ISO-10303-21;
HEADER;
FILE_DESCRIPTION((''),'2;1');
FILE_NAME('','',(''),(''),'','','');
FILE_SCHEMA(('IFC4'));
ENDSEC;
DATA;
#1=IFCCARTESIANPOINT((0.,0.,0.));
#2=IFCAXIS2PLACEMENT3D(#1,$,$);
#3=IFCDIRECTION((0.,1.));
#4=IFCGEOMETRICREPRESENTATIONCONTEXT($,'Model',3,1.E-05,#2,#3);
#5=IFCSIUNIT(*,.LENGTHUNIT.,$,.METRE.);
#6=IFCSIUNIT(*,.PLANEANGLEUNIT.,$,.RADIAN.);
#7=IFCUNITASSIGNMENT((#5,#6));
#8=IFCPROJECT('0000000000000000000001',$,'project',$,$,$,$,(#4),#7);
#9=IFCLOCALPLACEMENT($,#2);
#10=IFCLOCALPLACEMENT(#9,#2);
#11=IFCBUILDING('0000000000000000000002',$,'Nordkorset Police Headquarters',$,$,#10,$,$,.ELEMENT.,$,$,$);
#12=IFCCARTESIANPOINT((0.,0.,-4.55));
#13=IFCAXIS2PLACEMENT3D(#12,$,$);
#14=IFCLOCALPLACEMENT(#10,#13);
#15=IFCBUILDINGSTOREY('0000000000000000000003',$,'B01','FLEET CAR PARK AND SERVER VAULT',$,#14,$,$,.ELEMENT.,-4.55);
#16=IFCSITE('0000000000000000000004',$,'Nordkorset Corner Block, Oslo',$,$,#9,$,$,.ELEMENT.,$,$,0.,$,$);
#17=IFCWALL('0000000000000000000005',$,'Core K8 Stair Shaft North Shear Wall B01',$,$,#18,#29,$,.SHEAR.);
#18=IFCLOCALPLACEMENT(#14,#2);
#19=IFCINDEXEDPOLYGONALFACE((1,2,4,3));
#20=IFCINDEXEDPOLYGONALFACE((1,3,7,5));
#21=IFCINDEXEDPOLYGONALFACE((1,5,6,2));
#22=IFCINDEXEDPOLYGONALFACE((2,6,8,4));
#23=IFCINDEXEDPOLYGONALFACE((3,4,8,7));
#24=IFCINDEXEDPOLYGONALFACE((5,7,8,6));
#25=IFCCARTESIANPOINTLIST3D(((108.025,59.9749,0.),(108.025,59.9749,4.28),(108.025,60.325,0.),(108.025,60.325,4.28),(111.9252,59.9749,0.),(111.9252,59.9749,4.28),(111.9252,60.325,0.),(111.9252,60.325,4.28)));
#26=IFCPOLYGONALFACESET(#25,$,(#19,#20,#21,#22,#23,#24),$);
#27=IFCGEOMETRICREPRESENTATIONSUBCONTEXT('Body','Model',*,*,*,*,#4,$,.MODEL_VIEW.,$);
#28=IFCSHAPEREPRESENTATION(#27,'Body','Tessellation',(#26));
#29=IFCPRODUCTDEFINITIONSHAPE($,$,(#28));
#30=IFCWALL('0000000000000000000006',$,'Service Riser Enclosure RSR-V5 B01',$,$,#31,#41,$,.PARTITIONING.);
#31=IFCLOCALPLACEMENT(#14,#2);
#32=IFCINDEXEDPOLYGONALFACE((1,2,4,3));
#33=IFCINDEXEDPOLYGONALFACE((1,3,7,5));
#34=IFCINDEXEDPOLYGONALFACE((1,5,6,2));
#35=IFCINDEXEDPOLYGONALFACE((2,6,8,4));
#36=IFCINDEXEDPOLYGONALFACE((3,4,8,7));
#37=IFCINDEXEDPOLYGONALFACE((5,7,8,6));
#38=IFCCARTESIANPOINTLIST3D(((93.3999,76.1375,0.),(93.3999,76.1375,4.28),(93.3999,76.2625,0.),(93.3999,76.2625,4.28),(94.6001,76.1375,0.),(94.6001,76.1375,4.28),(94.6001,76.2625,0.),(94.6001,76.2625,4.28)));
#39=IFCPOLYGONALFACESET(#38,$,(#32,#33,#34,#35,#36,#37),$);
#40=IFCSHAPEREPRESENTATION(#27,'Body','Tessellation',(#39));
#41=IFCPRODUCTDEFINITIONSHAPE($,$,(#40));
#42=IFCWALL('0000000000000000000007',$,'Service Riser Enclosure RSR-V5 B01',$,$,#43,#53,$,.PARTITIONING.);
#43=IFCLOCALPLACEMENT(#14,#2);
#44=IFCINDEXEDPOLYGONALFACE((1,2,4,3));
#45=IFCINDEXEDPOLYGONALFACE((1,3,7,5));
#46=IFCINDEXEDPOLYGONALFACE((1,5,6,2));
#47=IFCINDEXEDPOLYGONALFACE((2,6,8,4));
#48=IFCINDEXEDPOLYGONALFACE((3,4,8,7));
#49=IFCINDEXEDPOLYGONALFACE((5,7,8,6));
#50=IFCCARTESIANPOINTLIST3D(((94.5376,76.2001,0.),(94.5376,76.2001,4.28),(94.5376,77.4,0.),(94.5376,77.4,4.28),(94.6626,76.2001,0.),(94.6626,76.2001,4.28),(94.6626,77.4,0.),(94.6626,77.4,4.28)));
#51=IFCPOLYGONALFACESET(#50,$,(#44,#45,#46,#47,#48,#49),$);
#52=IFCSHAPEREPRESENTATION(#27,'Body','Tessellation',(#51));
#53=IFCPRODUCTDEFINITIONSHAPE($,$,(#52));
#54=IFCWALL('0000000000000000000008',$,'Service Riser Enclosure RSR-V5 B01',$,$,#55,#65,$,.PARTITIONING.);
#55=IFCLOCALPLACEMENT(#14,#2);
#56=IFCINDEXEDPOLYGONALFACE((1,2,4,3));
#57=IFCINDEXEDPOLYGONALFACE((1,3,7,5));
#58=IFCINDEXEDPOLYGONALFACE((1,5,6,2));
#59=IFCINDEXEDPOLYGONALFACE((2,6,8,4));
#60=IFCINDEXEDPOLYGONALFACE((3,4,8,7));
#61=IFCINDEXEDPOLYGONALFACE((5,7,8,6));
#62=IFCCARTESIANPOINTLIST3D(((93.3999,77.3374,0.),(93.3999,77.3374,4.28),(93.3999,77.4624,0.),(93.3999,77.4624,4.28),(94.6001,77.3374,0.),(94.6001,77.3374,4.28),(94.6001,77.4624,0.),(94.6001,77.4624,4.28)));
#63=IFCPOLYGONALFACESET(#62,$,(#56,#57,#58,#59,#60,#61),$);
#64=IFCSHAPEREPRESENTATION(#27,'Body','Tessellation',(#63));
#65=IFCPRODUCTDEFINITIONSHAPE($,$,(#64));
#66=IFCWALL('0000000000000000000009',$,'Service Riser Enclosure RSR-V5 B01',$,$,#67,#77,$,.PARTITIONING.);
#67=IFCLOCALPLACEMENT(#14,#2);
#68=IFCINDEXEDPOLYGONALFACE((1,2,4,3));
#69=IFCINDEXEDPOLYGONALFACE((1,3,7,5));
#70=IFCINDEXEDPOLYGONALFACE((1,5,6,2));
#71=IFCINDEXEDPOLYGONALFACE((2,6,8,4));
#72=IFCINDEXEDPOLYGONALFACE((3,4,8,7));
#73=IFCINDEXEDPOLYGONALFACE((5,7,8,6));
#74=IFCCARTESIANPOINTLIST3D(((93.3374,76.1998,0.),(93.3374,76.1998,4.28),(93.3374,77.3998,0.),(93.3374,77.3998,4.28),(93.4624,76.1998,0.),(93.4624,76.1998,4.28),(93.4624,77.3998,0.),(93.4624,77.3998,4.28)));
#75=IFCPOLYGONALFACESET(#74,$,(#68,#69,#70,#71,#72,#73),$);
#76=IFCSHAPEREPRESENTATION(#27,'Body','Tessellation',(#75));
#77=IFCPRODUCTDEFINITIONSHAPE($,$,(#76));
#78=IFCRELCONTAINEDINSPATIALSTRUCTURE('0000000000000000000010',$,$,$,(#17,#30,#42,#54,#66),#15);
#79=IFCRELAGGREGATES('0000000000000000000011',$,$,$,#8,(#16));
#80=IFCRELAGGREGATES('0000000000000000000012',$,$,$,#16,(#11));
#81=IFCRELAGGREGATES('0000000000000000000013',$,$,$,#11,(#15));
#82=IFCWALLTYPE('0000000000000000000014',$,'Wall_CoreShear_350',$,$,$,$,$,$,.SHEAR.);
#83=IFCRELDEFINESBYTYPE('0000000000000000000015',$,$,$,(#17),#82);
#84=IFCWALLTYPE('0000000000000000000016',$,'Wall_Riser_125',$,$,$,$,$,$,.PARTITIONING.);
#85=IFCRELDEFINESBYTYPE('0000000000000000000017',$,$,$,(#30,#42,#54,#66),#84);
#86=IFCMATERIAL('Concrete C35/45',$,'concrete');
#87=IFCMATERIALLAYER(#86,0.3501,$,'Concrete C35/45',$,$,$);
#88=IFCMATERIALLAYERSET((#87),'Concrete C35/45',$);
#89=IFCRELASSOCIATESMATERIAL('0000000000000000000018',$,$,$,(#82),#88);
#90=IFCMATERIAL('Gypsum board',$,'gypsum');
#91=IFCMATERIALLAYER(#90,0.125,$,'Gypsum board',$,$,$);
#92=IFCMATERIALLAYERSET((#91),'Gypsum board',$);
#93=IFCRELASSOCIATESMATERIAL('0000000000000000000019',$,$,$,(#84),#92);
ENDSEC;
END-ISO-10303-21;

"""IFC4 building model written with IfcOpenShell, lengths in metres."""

from ifc_helpers import new_model, si_unit, direction, frame, frame_2d, origin, place, context, subcontext, project, spatial, rectangle, extrude, material, layer, layer_set, type_object, element, save


model = new_model("IFC4")

# Units and contexts
model_context = context("Model", 3, precision=1e-05, world=origin(), true_north=direction((0.0, 1.0)))
body_context = subcontext(model_context, "Body", "Model", "MODEL_VIEW")
ifc_project = project(units=[si_unit("LENGTHUNIT", "METRE"), si_unit("PLANEANGLEUNIT", "RADIAN")], contexts=[model_context])

# Site, building, storey
site_placement = place(None, origin())
site = spatial("IfcSite", under=ifc_project, at=site_placement, Name="Nordkorset Corner Block, Oslo", CompositionType="ELEMENT", RefElevation=0.0)
building_placement = place(site_placement, origin())
building = spatial("IfcBuilding", under=site, at=building_placement, Name="Nordkorset Police Headquarters", CompositionType="ELEMENT")
storey_placement = place(building_placement, frame((0.0, 0.0, -4.55)))
storey = spatial("IfcBuildingStorey", under=building, at=storey_placement, Name="B01", Description="FLEET CAR PARK AND SERVER VAULT", CompositionType="ELEMENT", Elevation=-4.55)

# Walls
ifc_material_1 = material(Name="Concrete C35/45", Category="concrete")
ifc_layer_1 = layer(ifc_material_1, 0.3501, Name="Concrete C35/45")
ifc_layer_set_1 = layer_set([ifc_layer_1], Name="Concrete C35/45")
wall_type_1 = type_object("IfcWallType", Name="Wall_CoreShear_350", PredefinedType="SHEAR", material=ifc_layer_set_1)
wall_1_placement = place(storey_placement, frame((108.0249, 60.1499, 0.0), z_axis=(0.0, 0.0, 1.0), x_axis=(1.0, 0.0, 0.0)))
element("IfcWall", 1, at=wall_1_placement, inside=storey, type_object=wall_type_1, Name="Core K8 Stair Shaft North Shear Wall B01", PredefinedType="SHEAR", context=body_context, shape_type="SweptSolid", body=[
    extrude(rectangle(XDim=3.9001, YDim=0.3501, at=frame_2d((1.9502, 0.0))), origin(), (0.0, 0.0, 1.0), 4.28),
])
ifc_material_2 = material(Name="Gypsum board", Category="gypsum")
ifc_layer_2 = layer(ifc_material_2, 0.125, Name="Gypsum board")
ifc_layer_set_2 = layer_set([ifc_layer_2], Name="Gypsum board")
wall_type_2 = type_object("IfcWallType", Name="Wall_Riser_125", PredefinedType="PARTITIONING", material=ifc_layer_set_2)
wall_2_placement = place(storey_placement, frame((93.3999, 76.2, 0.0), z_axis=(0.0, 0.0, 1.0), x_axis=(1.0, 0.0, 0.0)))
element("IfcWall", 2, at=wall_2_placement, inside=storey, type_object=wall_type_2, Name="Service Riser Enclosure RSR-V5 B01", PredefinedType="PARTITIONING", context=body_context, shape_type="SweptSolid", body=[
    extrude(rectangle(XDim=1.2002, YDim=0.125, at=frame_2d((0.6001, 0.0))), origin(), (0.0, 0.0, 1.0), 4.28),
])
wall_3_placement = place(storey_placement, frame((94.6001, 76.2, 0.0), z_axis=(0.0, 0.0, 1.0), x_axis=(0.0, 1.0, 0.0)))
element("IfcWall", 3, at=wall_3_placement, inside=storey, type_object=wall_type_2, Name="Service Riser Enclosure RSR-V5 B01", PredefinedType="PARTITIONING", context=body_context, shape_type="SweptSolid", body=[
    extrude(rectangle(XDim=1.2, YDim=0.125, at=frame_2d((0.6001, 0.0))), origin(), (0.0, 0.0, 1.0), 4.28),
])
wall_4_placement = place(storey_placement, frame((94.6001, 77.3999, 0.0), z_axis=(0.0, 0.0, 1.0), x_axis=(-1.0, 0.0, 0.0)))
element("IfcWall", 4, at=wall_4_placement, inside=storey, type_object=wall_type_2, Name="Service Riser Enclosure RSR-V5 B01", PredefinedType="PARTITIONING", context=body_context, shape_type="SweptSolid", body=[
    extrude(rectangle(XDim=1.2002, YDim=0.125, at=frame_2d((0.6001, 0.0))), origin(), (0.0, 0.0, 1.0), 4.28),
])
wall_5_placement = place(storey_placement, frame((93.3999, 77.3999, 0.0), z_axis=(0.0, 0.0, 1.0), x_axis=(0.0, -1.0, 0.0)))
element("IfcWall", 5, at=wall_5_placement, inside=storey, type_object=wall_type_2, Name="Service Riser Enclosure RSR-V5 B01", PredefinedType="PARTITIONING", context=body_context, shape_type="SweptSolid", body=[
    extrude(rectangle(XDim=1.2, YDim=0.125, at=frame_2d((0.6001, 0.0))), origin(), (0.0, 0.0, 1.0), 4.28),
])

save(model, "model.ifc")
